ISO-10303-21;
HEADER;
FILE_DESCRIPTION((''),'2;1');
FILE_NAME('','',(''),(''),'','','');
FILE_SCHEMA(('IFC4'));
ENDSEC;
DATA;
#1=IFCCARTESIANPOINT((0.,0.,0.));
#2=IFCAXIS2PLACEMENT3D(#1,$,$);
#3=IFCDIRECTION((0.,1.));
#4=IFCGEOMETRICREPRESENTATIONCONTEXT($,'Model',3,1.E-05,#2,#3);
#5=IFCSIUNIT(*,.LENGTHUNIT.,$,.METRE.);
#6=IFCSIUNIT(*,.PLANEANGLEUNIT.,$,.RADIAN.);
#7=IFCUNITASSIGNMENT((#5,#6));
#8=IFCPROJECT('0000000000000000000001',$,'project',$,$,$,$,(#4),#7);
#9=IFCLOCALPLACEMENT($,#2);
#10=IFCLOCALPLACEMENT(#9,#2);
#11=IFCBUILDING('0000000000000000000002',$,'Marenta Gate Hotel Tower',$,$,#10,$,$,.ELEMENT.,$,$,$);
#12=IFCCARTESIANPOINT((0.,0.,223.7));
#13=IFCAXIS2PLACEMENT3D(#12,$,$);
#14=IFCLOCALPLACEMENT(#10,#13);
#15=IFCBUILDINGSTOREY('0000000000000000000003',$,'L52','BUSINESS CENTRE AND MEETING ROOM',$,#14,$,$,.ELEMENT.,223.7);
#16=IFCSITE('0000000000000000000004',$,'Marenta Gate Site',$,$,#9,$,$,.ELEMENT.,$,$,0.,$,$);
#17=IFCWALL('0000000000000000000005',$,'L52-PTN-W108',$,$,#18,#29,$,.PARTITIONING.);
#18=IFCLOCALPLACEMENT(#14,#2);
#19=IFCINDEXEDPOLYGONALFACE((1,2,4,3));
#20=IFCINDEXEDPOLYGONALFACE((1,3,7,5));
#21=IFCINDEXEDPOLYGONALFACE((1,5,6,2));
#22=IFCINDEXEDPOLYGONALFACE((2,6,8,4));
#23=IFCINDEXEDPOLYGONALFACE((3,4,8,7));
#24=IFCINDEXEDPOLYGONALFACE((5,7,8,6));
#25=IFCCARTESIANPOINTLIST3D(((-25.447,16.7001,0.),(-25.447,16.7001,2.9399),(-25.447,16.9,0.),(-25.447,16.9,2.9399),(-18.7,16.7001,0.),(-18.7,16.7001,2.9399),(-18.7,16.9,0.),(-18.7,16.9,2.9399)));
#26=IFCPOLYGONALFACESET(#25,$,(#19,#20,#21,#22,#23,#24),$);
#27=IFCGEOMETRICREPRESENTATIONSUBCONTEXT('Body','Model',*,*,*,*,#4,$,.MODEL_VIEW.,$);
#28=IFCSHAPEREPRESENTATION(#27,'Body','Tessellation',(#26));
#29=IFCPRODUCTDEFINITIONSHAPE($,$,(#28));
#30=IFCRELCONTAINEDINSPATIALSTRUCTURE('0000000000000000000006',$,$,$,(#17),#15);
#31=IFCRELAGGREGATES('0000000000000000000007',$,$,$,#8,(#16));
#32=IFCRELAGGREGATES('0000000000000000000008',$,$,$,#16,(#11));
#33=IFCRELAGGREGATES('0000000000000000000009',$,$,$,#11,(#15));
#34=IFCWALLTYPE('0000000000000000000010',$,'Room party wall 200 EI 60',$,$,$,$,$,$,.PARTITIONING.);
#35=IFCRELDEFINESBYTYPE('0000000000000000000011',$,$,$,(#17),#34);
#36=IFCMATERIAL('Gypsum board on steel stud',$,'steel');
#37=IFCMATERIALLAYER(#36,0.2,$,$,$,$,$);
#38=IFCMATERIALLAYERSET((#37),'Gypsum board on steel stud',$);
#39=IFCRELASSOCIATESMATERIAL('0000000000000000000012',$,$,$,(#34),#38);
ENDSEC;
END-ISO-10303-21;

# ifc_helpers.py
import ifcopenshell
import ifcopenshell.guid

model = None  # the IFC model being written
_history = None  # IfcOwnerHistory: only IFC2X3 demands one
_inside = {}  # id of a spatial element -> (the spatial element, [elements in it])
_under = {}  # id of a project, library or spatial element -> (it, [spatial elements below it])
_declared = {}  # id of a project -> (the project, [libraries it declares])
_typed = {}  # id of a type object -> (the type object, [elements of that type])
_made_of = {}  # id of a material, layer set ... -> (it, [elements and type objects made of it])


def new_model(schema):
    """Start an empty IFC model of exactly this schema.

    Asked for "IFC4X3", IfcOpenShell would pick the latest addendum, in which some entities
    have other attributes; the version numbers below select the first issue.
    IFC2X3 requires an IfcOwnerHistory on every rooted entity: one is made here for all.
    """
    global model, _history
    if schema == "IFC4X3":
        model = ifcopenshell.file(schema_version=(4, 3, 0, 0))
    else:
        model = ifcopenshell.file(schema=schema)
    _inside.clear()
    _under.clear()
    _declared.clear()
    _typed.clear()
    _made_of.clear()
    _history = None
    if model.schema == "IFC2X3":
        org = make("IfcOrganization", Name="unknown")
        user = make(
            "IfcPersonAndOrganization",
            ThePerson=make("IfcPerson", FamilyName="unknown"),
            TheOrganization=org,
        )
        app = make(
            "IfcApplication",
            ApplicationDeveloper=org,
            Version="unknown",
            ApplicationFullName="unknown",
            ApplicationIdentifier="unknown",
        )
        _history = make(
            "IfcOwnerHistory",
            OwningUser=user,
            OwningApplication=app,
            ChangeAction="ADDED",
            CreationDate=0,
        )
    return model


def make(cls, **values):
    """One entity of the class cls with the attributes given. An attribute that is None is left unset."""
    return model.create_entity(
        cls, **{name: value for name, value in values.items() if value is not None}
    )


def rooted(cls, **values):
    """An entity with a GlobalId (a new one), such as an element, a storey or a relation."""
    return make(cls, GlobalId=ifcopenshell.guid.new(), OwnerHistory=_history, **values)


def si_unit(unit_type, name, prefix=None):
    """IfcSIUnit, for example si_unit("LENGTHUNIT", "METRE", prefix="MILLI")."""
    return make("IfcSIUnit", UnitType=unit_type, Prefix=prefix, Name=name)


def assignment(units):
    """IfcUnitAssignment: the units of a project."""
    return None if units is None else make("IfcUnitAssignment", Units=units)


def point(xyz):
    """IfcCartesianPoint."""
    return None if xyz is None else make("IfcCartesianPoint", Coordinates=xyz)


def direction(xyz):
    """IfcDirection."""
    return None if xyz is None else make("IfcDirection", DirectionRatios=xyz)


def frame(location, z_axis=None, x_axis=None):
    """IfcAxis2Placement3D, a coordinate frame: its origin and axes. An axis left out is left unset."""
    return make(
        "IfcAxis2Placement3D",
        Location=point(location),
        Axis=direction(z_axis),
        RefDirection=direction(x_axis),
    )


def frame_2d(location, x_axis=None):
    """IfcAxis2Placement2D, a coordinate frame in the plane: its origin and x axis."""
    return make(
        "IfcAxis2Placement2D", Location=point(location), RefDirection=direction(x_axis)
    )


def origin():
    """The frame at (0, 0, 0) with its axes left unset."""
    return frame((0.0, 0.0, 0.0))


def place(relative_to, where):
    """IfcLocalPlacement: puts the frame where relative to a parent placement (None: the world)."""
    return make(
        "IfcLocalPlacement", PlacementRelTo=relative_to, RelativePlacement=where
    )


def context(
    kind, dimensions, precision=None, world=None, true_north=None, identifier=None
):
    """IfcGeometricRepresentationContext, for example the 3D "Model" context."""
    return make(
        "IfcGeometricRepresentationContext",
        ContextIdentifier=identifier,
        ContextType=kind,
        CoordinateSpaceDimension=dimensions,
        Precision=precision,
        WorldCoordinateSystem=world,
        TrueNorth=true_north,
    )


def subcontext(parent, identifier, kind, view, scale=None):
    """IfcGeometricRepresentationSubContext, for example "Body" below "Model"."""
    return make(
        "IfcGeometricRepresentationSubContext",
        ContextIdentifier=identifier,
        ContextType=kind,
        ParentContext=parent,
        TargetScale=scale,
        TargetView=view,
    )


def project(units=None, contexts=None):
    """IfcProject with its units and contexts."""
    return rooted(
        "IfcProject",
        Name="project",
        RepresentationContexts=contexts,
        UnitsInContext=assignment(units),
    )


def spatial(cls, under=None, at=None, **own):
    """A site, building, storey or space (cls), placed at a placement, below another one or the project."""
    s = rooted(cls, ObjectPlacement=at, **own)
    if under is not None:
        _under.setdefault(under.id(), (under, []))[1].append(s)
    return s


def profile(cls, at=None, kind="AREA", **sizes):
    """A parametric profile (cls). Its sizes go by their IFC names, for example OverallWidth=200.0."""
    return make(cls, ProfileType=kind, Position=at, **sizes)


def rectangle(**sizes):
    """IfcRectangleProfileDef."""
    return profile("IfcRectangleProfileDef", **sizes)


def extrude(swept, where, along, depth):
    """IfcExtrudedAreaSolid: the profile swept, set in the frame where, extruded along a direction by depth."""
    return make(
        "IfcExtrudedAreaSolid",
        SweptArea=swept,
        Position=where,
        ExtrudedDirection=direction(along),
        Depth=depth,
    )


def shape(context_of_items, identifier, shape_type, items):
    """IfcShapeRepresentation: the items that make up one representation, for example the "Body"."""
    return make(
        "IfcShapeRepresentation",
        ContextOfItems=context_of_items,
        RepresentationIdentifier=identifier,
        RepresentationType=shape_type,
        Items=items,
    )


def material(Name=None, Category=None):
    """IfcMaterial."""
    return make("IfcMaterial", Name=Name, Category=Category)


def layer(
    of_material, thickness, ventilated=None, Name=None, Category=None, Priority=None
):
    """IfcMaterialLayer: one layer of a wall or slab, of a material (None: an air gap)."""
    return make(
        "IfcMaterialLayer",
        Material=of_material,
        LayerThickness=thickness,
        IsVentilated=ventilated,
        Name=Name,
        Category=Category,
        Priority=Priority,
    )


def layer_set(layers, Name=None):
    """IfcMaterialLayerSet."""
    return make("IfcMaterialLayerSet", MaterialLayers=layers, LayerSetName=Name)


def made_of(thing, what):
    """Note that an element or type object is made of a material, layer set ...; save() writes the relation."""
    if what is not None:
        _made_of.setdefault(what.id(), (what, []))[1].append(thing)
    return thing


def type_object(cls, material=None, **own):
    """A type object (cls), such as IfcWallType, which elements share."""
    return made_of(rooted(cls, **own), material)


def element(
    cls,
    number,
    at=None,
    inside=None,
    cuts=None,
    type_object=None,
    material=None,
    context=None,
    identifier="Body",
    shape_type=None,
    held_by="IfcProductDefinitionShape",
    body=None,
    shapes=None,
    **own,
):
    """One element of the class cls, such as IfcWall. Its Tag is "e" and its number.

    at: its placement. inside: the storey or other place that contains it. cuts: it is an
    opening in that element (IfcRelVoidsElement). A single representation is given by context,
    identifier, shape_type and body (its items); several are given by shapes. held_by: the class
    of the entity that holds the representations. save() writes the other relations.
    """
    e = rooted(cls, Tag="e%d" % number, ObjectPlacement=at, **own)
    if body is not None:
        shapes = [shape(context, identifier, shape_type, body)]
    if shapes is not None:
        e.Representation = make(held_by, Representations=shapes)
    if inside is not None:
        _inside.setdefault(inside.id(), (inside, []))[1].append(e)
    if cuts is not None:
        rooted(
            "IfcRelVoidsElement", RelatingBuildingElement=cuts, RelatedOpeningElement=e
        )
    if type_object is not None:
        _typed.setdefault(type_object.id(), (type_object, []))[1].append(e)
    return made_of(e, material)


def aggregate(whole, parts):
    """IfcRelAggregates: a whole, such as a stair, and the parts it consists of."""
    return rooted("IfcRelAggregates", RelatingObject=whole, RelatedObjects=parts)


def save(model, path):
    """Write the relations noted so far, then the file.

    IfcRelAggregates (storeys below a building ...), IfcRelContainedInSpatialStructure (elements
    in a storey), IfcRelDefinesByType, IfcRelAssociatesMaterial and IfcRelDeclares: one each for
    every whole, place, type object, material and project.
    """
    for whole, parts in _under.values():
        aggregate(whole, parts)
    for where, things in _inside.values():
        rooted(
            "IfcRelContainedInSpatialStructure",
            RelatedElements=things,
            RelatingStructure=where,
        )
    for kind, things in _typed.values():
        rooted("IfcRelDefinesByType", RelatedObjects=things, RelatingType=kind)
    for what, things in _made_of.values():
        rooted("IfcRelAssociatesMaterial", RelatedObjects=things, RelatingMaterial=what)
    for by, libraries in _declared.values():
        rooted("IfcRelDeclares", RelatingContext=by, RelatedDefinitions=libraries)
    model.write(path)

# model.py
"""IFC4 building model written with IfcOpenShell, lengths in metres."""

from ifc_helpers import new_model, si_unit, direction, frame, frame_2d, origin, place, context, subcontext, project, spatial, rectangle, extrude, material, layer, layer_set, type_object, element, save


model = new_model("IFC4")

# Units and contexts
model_context = context("Model", 3, precision=1e-05, world=origin(), true_north=direction((0.0, 1.0)))
body_context = subcontext(model_context, "Body", "Model", "MODEL_VIEW")
ifc_project = project(units=[si_unit("LENGTHUNIT", "METRE"), si_unit("PLANEANGLEUNIT", "RADIAN")], contexts=[model_context])

# Site, building, storey
site_placement = place(None, origin())
site = spatial("IfcSite", under=ifc_project, at=site_placement, Name="Marenta Gate Site", CompositionType="ELEMENT", RefElevation=0.0)
building_placement = place(site_placement, origin())
building = spatial("IfcBuilding", under=site, at=building_placement, Name="Marenta Gate Hotel Tower", CompositionType="ELEMENT")
storey_placement = place(building_placement, frame((0.0, 0.0, 223.7)))
storey = spatial("IfcBuildingStorey", under=building, at=storey_placement, Name="L52", Description="BUSINESS CENTRE AND MEETING ROOM", CompositionType="ELEMENT", Elevation=223.7)

# Wall
ifc_material_1 = material(Name="Gypsum board on steel stud", Category="steel")
ifc_layer_1 = layer(ifc_material_1, 0.2)
ifc_layer_set_1 = layer_set([ifc_layer_1], Name="Gypsum board on steel stud")
wall_type_1 = type_object("IfcWallType", Name="Room party wall 200 EI 60", PredefinedType="PARTITIONING", material=ifc_layer_set_1)
wall_1_placement = place(storey_placement, frame((-25.447, 16.8, 0.0), z_axis=(0.0, 0.0, 1.0), x_axis=(1.0, 0.0, 0.0)))
element("IfcWall", 1, at=wall_1_placement, inside=storey, type_object=wall_type_1, Name="L52-PTN-W108", PredefinedType="PARTITIONING", context=body_context, shape_type="SweptSolid", body=[
    extrude(rectangle(XDim=6.7471, YDim=0.2, at=frame_2d((3.3735, 0.0))), origin(), (0.0, 0.0, 1.0), 2.9399),
])

save(model, "model.ifc")
